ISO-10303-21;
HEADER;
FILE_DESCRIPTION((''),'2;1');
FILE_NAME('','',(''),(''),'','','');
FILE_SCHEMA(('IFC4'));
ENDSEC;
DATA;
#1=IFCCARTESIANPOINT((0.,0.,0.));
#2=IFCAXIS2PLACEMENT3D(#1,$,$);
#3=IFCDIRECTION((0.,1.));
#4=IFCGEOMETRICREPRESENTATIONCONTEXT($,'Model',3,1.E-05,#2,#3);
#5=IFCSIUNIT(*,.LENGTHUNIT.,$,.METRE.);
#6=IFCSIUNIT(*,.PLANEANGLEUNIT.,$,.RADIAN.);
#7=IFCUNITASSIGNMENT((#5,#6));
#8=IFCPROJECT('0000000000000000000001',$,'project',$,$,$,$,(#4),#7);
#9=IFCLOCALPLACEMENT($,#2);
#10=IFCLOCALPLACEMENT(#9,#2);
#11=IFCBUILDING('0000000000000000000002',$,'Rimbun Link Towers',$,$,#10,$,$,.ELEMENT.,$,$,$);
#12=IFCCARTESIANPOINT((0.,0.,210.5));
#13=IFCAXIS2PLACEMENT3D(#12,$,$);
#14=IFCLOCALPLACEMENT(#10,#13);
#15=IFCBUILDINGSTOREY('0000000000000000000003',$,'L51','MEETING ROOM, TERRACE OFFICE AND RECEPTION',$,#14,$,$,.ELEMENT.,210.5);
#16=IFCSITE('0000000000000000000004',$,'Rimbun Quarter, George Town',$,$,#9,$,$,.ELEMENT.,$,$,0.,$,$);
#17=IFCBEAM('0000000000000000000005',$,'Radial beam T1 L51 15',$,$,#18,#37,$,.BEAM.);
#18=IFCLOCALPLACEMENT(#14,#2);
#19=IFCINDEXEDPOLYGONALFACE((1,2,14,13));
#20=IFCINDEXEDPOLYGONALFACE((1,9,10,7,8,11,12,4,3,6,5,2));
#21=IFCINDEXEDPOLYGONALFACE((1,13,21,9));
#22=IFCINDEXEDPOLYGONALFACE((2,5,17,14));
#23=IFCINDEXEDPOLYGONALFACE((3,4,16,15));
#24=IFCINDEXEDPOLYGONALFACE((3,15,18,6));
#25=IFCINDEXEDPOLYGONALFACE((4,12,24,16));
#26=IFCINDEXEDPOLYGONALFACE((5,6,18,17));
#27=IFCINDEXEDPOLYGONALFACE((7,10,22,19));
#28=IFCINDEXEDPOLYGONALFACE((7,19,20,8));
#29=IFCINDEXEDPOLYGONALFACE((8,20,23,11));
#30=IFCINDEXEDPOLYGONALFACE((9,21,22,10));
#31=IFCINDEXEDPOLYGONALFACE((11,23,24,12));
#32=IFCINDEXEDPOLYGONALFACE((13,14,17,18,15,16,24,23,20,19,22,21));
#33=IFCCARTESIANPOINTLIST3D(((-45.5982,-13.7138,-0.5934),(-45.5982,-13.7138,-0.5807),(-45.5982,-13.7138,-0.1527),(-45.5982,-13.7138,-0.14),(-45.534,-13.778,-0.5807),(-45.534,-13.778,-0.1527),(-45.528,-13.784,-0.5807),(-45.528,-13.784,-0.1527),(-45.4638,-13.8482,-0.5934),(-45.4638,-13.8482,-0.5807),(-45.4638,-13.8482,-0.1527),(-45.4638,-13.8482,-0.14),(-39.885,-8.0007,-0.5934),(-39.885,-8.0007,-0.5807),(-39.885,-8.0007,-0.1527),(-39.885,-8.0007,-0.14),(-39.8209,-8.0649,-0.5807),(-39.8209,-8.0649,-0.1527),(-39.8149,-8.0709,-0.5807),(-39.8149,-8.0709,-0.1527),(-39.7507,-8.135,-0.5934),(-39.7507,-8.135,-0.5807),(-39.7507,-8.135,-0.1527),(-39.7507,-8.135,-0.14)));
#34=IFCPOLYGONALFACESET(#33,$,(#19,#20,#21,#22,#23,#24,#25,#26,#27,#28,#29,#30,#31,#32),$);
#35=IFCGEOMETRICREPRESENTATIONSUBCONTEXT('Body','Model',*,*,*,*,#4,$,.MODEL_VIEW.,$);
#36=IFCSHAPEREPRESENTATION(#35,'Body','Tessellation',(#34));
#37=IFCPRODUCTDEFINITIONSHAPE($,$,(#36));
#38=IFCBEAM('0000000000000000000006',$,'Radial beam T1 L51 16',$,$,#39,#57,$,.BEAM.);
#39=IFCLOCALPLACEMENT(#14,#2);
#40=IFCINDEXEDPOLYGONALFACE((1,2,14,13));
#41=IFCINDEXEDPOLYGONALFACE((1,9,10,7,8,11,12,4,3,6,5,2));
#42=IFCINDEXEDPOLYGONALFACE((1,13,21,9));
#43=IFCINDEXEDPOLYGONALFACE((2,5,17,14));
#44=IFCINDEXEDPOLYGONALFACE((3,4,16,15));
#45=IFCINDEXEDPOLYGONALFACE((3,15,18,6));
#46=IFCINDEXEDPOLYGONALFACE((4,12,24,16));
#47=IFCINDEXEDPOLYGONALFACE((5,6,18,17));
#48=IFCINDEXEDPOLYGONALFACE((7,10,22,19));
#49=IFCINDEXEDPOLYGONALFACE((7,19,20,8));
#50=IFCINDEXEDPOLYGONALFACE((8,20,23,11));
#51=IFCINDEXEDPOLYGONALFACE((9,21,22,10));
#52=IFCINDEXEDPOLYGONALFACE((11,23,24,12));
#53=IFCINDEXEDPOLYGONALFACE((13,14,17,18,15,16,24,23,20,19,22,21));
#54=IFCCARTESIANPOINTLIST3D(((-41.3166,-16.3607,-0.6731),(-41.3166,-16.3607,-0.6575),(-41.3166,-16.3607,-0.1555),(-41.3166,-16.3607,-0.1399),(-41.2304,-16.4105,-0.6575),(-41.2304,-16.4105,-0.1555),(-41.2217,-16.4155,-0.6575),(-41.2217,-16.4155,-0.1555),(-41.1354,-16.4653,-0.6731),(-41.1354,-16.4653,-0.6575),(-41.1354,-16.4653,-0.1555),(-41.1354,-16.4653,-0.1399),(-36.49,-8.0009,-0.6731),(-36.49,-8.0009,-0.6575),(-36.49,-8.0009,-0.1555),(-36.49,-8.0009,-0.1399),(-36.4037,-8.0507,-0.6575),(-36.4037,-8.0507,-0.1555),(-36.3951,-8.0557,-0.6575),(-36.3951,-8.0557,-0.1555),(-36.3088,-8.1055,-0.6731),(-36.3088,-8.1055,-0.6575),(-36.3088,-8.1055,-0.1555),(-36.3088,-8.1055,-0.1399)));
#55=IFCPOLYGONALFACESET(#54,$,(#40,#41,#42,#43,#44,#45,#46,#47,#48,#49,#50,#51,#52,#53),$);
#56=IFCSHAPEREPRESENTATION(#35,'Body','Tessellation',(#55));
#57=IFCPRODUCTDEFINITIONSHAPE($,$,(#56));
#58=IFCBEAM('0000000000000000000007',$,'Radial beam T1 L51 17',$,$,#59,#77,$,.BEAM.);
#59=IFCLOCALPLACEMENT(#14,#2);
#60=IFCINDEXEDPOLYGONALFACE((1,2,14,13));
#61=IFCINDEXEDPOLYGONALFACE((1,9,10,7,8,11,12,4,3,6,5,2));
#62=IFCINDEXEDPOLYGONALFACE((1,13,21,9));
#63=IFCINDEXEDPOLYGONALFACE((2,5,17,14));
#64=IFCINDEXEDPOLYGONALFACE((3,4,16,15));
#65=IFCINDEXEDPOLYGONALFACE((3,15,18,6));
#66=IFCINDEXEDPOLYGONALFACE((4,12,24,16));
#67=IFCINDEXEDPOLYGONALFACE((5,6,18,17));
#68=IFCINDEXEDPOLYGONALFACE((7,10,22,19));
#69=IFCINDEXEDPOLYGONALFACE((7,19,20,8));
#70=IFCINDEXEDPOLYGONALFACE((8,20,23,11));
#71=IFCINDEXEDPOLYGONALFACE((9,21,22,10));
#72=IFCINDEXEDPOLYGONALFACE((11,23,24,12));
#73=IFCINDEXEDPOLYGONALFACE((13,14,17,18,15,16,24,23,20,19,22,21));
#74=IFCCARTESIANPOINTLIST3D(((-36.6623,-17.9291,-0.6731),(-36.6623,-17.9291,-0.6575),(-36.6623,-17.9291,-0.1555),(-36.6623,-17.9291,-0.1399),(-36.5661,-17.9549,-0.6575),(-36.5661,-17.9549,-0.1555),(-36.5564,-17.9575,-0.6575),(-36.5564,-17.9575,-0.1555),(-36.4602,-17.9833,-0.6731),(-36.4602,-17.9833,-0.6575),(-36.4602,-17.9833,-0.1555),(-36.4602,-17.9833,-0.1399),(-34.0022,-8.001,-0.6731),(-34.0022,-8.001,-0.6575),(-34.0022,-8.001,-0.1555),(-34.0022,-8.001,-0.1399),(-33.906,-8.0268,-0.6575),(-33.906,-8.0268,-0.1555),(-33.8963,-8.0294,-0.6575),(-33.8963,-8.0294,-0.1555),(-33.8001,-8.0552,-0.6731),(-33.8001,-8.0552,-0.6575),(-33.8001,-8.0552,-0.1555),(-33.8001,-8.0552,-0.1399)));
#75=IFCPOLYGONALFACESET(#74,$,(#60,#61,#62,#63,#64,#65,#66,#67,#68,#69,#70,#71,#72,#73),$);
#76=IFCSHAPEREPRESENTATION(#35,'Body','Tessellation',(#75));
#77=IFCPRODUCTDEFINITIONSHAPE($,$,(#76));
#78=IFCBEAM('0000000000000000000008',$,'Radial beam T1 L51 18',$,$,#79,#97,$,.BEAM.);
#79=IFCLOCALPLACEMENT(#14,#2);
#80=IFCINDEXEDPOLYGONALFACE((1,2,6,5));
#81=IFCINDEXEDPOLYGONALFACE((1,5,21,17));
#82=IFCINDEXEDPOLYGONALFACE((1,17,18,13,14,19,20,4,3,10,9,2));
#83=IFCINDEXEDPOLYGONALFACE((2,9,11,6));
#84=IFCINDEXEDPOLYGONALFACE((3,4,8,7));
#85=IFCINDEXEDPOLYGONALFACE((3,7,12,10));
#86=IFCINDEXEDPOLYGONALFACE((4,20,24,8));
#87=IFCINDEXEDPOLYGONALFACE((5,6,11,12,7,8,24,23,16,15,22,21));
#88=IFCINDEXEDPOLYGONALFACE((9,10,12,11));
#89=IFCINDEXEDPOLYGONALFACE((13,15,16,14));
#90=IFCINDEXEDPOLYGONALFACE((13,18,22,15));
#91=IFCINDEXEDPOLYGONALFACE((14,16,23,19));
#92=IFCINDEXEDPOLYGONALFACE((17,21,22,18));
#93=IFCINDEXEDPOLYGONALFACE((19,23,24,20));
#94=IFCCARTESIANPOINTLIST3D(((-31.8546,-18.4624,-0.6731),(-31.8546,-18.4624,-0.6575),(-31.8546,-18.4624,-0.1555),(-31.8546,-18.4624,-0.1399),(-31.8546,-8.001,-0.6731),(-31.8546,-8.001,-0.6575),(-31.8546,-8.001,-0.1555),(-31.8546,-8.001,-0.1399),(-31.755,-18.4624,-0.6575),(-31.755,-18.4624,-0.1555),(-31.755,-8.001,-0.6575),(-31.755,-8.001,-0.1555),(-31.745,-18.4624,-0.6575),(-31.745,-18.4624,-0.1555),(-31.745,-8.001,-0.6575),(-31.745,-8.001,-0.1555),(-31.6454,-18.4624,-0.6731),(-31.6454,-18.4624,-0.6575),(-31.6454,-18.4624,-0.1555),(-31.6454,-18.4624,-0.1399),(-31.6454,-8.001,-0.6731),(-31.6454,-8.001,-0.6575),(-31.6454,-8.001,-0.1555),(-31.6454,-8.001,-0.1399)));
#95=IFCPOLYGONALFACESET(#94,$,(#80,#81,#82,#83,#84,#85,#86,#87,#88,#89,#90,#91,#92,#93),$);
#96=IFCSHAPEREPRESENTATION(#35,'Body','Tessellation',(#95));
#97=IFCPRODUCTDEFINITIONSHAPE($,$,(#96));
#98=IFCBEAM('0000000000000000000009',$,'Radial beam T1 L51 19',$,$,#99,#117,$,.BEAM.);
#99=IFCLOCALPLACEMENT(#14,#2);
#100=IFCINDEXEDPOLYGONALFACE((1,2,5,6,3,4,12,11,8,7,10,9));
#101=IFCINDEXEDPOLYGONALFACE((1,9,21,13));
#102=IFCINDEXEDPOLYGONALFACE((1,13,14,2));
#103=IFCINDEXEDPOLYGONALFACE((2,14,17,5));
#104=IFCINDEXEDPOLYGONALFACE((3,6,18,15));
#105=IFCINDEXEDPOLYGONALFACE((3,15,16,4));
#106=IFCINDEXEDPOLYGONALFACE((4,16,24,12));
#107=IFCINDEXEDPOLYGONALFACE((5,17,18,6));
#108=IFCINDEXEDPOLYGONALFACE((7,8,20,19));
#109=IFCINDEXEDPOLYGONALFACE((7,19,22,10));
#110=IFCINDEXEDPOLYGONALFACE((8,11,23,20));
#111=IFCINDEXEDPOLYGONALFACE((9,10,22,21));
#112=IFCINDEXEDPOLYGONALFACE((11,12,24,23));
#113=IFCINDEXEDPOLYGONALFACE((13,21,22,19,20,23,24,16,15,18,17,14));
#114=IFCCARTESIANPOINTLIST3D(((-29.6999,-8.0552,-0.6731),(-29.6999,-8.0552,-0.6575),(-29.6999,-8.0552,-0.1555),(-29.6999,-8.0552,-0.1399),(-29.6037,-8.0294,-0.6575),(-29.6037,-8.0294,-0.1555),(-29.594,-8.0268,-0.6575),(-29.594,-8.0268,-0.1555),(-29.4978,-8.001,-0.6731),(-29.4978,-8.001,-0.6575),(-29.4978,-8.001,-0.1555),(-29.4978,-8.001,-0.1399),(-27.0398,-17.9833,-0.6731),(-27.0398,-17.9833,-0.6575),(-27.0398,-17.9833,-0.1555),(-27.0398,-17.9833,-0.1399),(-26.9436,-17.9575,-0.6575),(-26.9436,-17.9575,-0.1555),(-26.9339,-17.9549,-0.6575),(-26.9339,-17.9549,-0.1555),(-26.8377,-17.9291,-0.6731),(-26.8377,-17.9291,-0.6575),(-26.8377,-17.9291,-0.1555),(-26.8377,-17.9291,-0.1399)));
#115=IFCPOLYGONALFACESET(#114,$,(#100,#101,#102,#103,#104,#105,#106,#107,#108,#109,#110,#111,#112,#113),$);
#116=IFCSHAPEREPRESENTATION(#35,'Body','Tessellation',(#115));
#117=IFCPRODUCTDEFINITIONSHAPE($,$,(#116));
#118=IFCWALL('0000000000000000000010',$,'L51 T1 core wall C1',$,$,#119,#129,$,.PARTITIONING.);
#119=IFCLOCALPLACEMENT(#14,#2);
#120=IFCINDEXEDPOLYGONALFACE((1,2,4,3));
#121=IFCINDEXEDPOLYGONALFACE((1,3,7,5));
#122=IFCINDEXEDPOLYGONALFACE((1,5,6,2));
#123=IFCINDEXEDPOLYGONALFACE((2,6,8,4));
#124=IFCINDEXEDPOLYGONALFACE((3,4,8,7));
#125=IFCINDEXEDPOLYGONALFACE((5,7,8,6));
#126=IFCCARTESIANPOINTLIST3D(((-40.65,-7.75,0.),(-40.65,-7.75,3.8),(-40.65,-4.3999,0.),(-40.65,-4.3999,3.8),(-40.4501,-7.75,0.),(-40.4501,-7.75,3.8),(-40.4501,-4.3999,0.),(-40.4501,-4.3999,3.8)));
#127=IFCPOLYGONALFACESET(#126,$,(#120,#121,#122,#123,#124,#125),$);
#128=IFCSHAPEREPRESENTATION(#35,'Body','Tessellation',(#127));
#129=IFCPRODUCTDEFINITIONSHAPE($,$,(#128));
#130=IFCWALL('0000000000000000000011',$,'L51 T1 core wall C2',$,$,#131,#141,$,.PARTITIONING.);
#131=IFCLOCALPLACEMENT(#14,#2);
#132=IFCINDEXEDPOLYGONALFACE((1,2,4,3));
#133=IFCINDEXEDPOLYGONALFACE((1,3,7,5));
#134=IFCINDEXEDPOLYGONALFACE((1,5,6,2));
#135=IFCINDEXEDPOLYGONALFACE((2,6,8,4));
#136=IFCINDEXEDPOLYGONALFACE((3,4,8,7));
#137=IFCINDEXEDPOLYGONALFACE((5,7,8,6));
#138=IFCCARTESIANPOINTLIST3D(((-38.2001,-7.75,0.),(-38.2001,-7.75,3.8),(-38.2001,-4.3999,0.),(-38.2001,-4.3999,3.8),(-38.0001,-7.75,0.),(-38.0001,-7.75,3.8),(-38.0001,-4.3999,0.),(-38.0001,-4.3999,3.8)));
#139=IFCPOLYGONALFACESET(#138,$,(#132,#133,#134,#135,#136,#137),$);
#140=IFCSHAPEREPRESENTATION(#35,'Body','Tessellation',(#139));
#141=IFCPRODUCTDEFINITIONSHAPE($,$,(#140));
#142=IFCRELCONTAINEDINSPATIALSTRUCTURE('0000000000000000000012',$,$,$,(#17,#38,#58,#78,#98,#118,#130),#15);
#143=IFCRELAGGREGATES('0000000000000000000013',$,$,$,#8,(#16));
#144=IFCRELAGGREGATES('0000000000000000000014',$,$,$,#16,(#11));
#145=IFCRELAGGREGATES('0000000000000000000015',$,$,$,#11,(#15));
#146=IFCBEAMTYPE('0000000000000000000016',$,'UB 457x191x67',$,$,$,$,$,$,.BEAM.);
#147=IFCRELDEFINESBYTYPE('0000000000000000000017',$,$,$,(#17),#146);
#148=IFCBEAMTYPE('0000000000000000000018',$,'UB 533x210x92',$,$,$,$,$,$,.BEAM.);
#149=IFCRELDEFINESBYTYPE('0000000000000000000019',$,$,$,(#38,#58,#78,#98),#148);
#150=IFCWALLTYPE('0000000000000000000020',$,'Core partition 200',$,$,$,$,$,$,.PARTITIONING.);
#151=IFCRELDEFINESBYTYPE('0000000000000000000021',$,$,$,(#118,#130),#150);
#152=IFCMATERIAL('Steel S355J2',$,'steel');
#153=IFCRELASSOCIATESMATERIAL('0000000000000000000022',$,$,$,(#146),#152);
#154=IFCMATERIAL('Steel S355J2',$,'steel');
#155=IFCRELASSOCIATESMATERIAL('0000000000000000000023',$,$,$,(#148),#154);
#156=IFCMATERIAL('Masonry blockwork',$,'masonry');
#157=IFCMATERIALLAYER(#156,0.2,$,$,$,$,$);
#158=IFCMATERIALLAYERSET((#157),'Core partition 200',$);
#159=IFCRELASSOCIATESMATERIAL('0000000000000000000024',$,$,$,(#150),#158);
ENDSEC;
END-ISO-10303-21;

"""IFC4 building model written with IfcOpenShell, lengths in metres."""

from ifc_helpers import new_model, si_unit, direction, frame, frame_2d, origin, origin_2d, place, context, subcontext, project, spatial, rectangle, i_section, extrude, material, layer, layer_set, material_profile, profile_set, type_object, element, save


model = new_model("IFC4")

# Units and contexts
model_context = context("Model", 3, precision=1e-05, world=origin(), true_north=direction((0.0, 1.0)))
body_context = subcontext(model_context, "Body", "Model", "MODEL_VIEW")
ifc_project = project(units=[si_unit("LENGTHUNIT", "METRE"), si_unit("PLANEANGLEUNIT", "RADIAN")], contexts=[model_context])

# Site, building, storey
site_placement = place(None, origin())
site = spatial("IfcSite", under=ifc_project, at=site_placement, Name="Rimbun Quarter, George Town", CompositionType="ELEMENT", RefElevation=0.0)
building_placement = place(site_placement, origin())
building = spatial("IfcBuilding", under=site, at=building_placement, Name="Rimbun Link Towers", CompositionType="ELEMENT")
storey_placement = place(building_placement, frame((0.0, 0.0, 210.5)))
storey = spatial("IfcBuildingStorey", under=building, at=storey_placement, Name="L51", Description="MEETING ROOM, TERRACE OFFICE AND RECEPTION", CompositionType="ELEMENT", Elevation=210.5)

# Beams
ifc_material_1 = material(Name="Steel S355J2", Category="steel")
ifc_material_profile_1 = material_profile(ifc_material_1, i_section(OverallWidth=0.1899, OverallDepth=0.4534, WebThickness=0.0085, FlangeThickness=0.0127, at=origin_2d()), Name="UB 457x191x67")
ifc_profile_set_1 = profile_set([ifc_material_profile_1], Name="Steel S355J2")
beam_type_1 = type_object("IfcBeamType", Name="UB 457x191x67", PredefinedType="BEAM", material=ifc_profile_set_1)
beam_1_placement = place(storey_placement, frame((-39.8179, -8.0679, -0.3667), z_axis=(-0.707107, -0.707107, 0.0), x_axis=(0.707107, -0.707107, 0.0)))
element("IfcBeam", 1, at=beam_1_placement, inside=storey, type_object=beam_type_1, Name="Radial beam T1 L51 15", PredefinedType="BEAM", context=body_context, shape_type="SweptSolid", body=[
    extrude(i_section(OverallWidth=0.1899, OverallDepth=0.4534, WebThickness=0.0085, FlangeThickness=0.0127, at=origin_2d()), origin(), (0.0, 0.0, 1.0), 8.0796),
])
ifc_material_2 = material(Name="Steel S355J2", Category="steel")
ifc_material_profile_2 = material_profile(ifc_material_2, i_section(OverallWidth=0.2092, OverallDepth=0.5332, WebThickness=0.01, FlangeThickness=0.0156, at=origin_2d()), Name="UB 533x210x92")
ifc_profile_set_2 = profile_set([ifc_material_profile_2], Name="Steel S355J2")
beam_type_2 = type_object("IfcBeamType", Name="UB 533x210x92", PredefinedType="BEAM", material=ifc_profile_set_2)
beam_2_placement = place(storey_placement, frame((-36.3994, -8.0532, -0.4065), z_axis=(-0.500007, -0.866021, 0.0), x_axis=(0.866021, -0.500007, 0.0)))
element("IfcBeam", 2, at=beam_2_placement, inside=storey, type_object=beam_type_2, Name="Radial beam T1 L51 16", PredefinedType="BEAM", context=body_context, shape_type="SweptSolid", body=[
    extrude(i_section(OverallWidth=0.2092, OverallDepth=0.5332, WebThickness=0.01, FlangeThickness=0.0156, at=origin_2d()), origin(), (0.0, 0.0, 1.0), 9.6531),
])
beam_3_placement = place(storey_placement, frame((-33.9011, -8.0281, -0.4065), z_axis=(-0.25881, -0.965928, 0.0), x_axis=(0.965928, -0.25881, 0.0)))
element("IfcBeam", 3, at=beam_3_placement, inside=storey, type_object=beam_type_2, Name="Radial beam T1 L51 17", PredefinedType="BEAM", context=body_context, shape_type="SweptSolid", body=[
    extrude(i_section(OverallWidth=0.2092, OverallDepth=0.5332, WebThickness=0.01, FlangeThickness=0.0156, at=origin_2d()), origin(), (0.0, 0.0, 1.0), 10.2783),
])
beam_4_placement = place(storey_placement, frame((-31.75, -8.001, -0.4065), z_axis=(0.0, -1.0, 0.0), x_axis=(1.0, 0.0, 0.0)))
element("IfcBeam", 4, at=beam_4_placement, inside=storey, type_object=beam_type_2, Name="Radial beam T1 L51 18", PredefinedType="BEAM", context=body_context, shape_type="SweptSolid", body=[
    extrude(i_section(OverallWidth=0.2092, OverallDepth=0.5332, WebThickness=0.01, FlangeThickness=0.0156, at=origin_2d()), origin(), (0.0, 0.0, 1.0), 10.4614),
])
beam_5_placement = place(storey_placement, frame((-29.5989, -8.0281, -0.4065), z_axis=(0.25881, -0.965928, 0.0), x_axis=(0.965928, 0.25881, 0.0)))
element("IfcBeam", 5, at=beam_5_placement, inside=storey, type_object=beam_type_2, Name="Radial beam T1 L51 19", PredefinedType="BEAM", context=body_context, shape_type="SweptSolid", body=[
    extrude(i_section(OverallWidth=0.2092, OverallDepth=0.5332, WebThickness=0.01, FlangeThickness=0.0156, at=origin_2d()), origin(), (0.0, 0.0, 1.0), 10.2783),
])

# Walls
ifc_material_3 = material(Name="Masonry blockwork", Category="masonry")
ifc_layer_1 = layer(ifc_material_3, 0.2)
ifc_layer_set_1 = layer_set([ifc_layer_1], Name="Core partition 200")
wall_type_1 = type_object("IfcWallType", Name="Core partition 200", PredefinedType="PARTITIONING", material=ifc_layer_set_1)
for number, where, z_axis, x_axis, name in (
    (6, (-40.55, -4.3999, 0.0), (0.0, 0.0, 1.0), (0.0, -1.0, 0.0), "L51 T1 core wall C1"),
    (7, (-38.1001, -4.3999, 0.0), (0.0, 0.0, 1.0), (0.0, -1.0, 0.0), "L51 T1 core wall C2"),
):
    element("IfcWall", number, at=place(storey_placement, frame(where, z_axis=z_axis, x_axis=x_axis)), inside=storey, type_object=wall_type_1, Name=name, PredefinedType="PARTITIONING", context=body_context, shape_type="SweptSolid", body=[
        extrude(rectangle(XDim=3.3501, YDim=0.2, at=frame_2d((1.675, 0.0))), origin(), (0.0, 0.0, 1.0), 3.8),
    ])

save(model, "model.ifc")
